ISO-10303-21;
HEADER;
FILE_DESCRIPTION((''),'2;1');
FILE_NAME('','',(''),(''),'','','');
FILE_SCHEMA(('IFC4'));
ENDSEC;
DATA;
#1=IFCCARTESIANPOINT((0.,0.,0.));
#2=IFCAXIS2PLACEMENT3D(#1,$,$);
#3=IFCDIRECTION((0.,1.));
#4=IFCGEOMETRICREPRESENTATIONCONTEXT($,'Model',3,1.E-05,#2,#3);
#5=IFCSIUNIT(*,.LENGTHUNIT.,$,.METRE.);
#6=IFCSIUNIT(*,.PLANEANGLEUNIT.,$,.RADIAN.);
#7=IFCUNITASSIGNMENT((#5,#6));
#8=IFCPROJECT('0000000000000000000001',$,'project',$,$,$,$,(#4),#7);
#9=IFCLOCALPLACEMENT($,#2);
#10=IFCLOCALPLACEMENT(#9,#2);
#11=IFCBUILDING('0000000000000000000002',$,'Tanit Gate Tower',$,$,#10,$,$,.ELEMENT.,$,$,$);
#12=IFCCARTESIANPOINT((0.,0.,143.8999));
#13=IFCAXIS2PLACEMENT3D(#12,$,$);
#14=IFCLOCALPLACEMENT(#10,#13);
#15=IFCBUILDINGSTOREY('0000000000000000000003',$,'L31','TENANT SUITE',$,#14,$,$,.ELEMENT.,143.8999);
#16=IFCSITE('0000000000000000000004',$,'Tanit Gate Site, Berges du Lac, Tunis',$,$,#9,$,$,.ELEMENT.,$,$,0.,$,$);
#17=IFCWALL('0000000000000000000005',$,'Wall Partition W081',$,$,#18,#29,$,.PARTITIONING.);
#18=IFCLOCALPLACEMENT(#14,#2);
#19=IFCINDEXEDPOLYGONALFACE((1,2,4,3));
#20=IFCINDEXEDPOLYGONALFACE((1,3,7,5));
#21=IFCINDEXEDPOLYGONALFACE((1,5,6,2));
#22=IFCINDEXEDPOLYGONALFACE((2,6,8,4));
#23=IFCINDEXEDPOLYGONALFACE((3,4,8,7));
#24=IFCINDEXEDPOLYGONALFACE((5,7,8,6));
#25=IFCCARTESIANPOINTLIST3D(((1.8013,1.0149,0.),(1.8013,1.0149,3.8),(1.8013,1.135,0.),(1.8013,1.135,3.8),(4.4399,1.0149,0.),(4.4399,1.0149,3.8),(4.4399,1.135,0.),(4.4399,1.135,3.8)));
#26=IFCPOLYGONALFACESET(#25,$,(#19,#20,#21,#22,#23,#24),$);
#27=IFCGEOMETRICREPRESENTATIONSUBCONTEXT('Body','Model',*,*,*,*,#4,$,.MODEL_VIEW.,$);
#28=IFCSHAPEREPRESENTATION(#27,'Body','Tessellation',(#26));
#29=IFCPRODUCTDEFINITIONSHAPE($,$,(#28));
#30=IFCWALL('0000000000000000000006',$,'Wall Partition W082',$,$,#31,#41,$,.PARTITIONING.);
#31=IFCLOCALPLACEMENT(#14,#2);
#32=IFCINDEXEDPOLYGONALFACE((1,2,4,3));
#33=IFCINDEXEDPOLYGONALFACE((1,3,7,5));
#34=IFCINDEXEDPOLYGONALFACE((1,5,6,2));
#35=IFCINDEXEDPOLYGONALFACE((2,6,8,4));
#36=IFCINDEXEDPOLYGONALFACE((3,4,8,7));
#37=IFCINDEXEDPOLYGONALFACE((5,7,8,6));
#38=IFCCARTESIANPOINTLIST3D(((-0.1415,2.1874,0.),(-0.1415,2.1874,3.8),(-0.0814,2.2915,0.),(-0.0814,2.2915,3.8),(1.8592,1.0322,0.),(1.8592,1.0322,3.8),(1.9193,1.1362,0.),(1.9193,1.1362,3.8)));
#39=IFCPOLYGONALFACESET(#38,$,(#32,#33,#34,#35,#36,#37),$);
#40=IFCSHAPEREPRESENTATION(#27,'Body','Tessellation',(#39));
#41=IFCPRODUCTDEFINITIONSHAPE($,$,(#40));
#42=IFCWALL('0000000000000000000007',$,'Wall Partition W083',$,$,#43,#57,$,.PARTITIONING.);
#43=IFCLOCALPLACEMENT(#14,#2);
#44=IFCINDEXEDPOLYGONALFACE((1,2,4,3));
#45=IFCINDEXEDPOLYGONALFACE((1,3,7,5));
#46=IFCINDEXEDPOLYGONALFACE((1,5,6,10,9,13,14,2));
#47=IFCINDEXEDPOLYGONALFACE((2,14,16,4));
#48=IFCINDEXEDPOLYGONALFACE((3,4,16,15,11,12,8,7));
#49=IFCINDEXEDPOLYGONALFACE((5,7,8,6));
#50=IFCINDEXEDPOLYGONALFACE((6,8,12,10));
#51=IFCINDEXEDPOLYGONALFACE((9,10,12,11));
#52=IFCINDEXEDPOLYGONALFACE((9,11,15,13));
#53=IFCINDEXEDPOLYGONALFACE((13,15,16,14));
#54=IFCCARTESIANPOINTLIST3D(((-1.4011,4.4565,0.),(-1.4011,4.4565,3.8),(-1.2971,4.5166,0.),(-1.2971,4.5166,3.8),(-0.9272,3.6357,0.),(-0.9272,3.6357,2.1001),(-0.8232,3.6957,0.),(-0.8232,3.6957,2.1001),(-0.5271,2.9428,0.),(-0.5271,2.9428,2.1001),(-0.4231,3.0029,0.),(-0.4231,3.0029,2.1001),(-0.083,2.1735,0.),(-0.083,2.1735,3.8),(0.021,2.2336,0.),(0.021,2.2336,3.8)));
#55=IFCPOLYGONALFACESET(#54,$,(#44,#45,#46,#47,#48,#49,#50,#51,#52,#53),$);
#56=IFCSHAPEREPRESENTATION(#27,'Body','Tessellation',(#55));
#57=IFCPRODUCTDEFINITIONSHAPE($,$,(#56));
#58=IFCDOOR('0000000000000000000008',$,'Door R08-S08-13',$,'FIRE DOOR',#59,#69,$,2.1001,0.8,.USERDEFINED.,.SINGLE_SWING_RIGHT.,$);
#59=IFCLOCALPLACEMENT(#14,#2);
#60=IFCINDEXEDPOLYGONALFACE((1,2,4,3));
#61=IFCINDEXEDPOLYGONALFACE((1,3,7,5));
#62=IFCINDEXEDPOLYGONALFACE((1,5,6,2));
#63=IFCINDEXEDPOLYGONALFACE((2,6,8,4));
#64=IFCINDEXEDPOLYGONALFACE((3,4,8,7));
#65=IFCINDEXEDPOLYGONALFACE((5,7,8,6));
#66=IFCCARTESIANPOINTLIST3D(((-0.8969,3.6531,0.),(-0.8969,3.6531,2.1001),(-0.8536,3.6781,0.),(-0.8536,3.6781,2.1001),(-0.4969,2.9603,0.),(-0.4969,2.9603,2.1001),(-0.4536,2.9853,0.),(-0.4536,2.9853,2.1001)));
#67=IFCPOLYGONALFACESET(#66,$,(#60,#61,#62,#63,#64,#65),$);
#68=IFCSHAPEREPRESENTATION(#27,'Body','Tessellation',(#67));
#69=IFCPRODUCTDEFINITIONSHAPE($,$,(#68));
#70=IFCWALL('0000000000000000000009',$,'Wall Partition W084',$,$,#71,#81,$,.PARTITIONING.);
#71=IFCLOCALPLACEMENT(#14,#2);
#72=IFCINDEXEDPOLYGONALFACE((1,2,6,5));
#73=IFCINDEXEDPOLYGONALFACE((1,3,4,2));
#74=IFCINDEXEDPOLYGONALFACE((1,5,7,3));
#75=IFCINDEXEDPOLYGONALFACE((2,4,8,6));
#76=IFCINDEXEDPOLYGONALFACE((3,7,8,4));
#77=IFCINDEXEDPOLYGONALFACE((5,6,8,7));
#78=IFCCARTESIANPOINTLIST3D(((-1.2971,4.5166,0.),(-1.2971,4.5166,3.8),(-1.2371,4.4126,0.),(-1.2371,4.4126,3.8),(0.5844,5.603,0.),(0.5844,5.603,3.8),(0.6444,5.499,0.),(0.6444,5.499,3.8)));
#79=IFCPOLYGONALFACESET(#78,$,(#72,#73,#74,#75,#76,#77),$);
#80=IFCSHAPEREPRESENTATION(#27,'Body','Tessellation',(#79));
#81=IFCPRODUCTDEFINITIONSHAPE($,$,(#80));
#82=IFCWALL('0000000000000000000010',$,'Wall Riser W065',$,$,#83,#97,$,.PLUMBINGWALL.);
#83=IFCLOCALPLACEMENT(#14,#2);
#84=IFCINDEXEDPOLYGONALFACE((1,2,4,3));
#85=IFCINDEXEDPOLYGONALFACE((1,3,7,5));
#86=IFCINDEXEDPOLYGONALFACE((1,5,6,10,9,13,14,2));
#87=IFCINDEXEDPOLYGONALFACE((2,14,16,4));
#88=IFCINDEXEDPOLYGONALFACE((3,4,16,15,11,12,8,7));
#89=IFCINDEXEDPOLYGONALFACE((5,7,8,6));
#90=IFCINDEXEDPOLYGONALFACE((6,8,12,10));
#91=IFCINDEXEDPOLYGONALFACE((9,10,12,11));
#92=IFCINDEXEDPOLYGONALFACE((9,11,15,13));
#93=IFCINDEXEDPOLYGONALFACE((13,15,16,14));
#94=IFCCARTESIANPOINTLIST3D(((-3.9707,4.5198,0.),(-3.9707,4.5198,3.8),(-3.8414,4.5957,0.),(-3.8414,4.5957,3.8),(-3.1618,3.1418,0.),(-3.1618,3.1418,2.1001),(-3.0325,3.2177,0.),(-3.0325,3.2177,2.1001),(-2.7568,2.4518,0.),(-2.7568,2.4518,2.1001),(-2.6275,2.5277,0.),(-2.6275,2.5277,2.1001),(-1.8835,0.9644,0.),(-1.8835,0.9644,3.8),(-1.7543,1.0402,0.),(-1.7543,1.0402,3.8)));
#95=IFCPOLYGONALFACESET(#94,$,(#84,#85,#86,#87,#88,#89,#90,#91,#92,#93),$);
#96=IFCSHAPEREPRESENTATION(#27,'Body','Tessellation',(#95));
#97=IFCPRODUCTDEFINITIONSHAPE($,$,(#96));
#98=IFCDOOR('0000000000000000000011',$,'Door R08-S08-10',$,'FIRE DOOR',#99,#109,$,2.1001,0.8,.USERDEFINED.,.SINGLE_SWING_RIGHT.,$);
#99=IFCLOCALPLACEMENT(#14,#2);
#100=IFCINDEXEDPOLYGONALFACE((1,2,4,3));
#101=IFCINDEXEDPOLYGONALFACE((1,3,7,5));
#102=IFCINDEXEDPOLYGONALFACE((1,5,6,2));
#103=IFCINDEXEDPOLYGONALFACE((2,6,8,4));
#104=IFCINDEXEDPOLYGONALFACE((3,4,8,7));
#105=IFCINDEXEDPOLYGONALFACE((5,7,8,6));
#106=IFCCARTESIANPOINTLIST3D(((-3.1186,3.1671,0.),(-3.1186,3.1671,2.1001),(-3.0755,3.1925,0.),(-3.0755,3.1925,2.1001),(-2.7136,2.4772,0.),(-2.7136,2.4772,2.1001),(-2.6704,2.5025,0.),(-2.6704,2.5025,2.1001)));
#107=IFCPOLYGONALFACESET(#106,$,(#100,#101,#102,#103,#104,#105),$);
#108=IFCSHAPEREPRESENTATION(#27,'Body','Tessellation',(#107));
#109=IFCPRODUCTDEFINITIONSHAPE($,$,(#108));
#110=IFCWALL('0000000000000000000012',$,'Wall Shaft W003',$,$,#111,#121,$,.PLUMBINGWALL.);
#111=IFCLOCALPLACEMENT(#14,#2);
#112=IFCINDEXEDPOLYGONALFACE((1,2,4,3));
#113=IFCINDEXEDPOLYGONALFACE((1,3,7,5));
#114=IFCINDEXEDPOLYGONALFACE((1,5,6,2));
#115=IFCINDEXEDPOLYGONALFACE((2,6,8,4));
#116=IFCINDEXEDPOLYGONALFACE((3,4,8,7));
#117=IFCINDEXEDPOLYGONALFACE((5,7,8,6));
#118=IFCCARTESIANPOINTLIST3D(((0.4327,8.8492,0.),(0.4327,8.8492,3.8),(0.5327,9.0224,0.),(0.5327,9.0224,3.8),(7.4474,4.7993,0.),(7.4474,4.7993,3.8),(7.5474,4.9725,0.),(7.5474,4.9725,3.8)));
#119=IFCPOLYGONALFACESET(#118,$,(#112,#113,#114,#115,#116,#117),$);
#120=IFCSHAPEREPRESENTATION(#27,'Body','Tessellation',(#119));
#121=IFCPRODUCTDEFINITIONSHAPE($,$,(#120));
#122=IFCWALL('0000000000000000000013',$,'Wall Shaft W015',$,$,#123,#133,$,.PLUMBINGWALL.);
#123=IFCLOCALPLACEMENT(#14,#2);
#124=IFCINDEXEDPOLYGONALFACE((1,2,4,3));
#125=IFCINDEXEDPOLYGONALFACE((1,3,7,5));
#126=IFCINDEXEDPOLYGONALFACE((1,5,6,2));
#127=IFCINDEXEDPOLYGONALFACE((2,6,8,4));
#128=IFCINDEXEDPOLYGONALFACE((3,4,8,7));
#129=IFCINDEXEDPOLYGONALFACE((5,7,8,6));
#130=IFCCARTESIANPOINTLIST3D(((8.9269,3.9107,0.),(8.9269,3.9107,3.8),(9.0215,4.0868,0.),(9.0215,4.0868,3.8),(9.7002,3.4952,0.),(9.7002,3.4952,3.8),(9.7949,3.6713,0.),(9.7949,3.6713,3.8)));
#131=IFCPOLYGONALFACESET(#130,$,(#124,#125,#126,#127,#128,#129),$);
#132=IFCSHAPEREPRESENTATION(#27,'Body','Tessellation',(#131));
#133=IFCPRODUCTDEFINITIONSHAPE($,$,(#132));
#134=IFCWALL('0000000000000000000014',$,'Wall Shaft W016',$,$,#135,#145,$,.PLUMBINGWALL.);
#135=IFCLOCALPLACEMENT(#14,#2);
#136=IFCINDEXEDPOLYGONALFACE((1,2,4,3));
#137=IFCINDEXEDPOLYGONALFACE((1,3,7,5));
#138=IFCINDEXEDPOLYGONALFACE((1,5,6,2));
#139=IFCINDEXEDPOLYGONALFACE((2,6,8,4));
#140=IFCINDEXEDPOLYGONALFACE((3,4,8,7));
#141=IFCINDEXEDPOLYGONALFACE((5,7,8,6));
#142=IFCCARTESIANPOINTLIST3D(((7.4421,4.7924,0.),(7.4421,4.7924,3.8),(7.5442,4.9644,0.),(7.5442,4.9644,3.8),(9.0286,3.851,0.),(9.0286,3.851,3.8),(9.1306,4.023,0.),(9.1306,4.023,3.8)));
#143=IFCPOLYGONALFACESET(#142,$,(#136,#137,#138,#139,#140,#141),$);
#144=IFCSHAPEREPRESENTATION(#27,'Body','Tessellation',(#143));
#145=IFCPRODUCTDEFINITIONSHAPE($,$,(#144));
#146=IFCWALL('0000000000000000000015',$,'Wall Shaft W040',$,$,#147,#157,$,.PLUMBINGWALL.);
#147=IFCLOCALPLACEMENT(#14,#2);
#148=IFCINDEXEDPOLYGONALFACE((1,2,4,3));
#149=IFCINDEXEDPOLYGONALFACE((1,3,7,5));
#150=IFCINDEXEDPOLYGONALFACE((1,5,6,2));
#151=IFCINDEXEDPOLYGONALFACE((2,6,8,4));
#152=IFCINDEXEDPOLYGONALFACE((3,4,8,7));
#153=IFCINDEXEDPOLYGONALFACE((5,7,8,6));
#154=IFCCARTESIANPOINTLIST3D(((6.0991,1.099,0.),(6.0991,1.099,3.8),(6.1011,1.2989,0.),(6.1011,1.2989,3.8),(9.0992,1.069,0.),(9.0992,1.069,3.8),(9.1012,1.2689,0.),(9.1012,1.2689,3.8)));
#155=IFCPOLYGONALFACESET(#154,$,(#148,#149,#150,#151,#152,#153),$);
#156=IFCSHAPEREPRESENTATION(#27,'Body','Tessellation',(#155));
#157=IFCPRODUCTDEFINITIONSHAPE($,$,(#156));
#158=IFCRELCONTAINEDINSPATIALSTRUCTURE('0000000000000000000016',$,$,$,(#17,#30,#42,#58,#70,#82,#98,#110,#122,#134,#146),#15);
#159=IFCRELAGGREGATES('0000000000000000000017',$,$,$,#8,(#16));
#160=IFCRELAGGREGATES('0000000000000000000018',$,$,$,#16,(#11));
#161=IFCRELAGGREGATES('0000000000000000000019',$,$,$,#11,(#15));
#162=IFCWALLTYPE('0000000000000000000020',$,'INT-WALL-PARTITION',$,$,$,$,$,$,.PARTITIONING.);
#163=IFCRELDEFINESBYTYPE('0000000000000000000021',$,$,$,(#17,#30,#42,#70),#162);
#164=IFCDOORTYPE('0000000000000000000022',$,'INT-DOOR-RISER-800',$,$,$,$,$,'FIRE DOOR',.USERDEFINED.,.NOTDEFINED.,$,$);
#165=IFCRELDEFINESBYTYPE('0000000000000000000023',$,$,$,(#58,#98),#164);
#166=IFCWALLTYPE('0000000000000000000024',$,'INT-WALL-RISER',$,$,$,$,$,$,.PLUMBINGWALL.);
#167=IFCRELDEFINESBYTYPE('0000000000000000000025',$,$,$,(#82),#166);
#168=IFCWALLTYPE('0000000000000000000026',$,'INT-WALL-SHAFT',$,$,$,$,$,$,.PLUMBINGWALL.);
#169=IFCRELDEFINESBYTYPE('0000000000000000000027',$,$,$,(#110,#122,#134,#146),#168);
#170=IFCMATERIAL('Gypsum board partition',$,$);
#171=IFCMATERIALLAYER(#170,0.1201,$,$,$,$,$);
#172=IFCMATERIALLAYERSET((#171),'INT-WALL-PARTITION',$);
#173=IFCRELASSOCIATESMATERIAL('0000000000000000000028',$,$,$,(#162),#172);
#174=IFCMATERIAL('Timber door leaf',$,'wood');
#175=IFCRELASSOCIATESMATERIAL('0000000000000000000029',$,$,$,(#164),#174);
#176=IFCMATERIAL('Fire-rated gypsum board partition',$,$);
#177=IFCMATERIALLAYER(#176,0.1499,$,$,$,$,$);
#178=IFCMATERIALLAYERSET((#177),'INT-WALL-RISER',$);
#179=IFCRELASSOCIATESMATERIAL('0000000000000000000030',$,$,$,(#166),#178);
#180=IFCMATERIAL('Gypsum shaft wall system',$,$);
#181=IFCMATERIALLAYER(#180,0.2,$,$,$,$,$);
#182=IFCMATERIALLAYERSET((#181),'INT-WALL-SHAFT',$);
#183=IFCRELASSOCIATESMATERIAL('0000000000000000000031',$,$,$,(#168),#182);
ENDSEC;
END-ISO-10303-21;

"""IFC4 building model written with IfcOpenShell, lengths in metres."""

from ifc_helpers import new_model, si_unit, direction, frame, frame_2d, origin, place, context, subcontext, project, spatial, rectangle, extrude, material, layer, layer_set, type_object, element, fill, save


model = new_model("IFC4")

# Units and contexts
model_context = context("Model", 3, precision=1e-05, world=origin(), true_north=direction((0.0, 1.0)))
body_context = subcontext(model_context, "Body", "Model", "MODEL_VIEW")
ifc_project = project(units=[si_unit("LENGTHUNIT", "METRE"), si_unit("PLANEANGLEUNIT", "RADIAN")], contexts=[model_context])

# Site, building, storey
site_placement = place(None, origin())
site = spatial("IfcSite", under=ifc_project, at=site_placement, Name="Tanit Gate Site, Berges du Lac, Tunis", CompositionType="ELEMENT", RefElevation=0.0)
building_placement = place(site_placement, origin())
building = spatial("IfcBuilding", under=site, at=building_placement, Name="Tanit Gate Tower", CompositionType="ELEMENT")
storey_placement = place(building_placement, frame((0.0, 0.0, 143.8999)))
storey = spatial("IfcBuildingStorey", under=building, at=storey_placement, Name="L31", Description="TENANT SUITE", CompositionType="ELEMENT", Elevation=143.8999)

# Shared definitions
ifc_material_1 = material(Name="Gypsum board partition")
ifc_layer_1 = layer(ifc_material_1, 0.1201)
ifc_layer_set_1 = layer_set([ifc_layer_1], Name="INT-WALL-PARTITION")
wall_type_1 = type_object("IfcWallType", Name="INT-WALL-PARTITION", PredefinedType="PARTITIONING", material=ifc_layer_set_1)
ifc_material_2 = material(Name="Timber door leaf", Category="wood")
door_type_1 = type_object("IfcDoorType", Name="INT-DOOR-RISER-800", ElementType="FIRE DOOR", OperationType="NOTDEFINED", PredefinedType="USERDEFINED", material=ifc_material_2)

# Walls
wall_1_placement = place(storey_placement, frame((1.8013, 1.075, 0.0), z_axis=(0.0, 0.0, 1.0), x_axis=(1.0, 0.0, 0.0)))
element("IfcWall", 1, at=wall_1_placement, inside=storey, type_object=wall_type_1, Name="Wall Partition W081", PredefinedType="PARTITIONING", context=body_context, shape_type="SweptSolid", body=[
    extrude(rectangle(XDim=2.6387, YDim=0.1201, at=frame_2d((1.3193, 0.0))), origin(), (0.0, 0.0, 1.0), 3.8),
])
wall_2_placement = place(storey_placement, frame((-0.1116, 2.2395, 0.0), z_axis=(0.0, 0.0, 1.0), x_axis=(0.865997, -0.500049, 0.0)))
element("IfcWall", 2, at=wall_2_placement, inside=storey, type_object=wall_type_1, Name="Wall Partition W082", PredefinedType="PARTITIONING", context=body_context, shape_type="SweptSolid", body=[
    extrude(rectangle(XDim=2.3103, YDim=0.1201, at=frame_2d((1.1553, 0.0))), origin(), (0.0, 0.0, 1.0), 3.8),
])

# Wall, opening, door
wall_3_placement = place(storey_placement, frame((-1.3491, 4.4866, 0.0), z_axis=(0.0, 0.0, 1.0), x_axis=(0.500014, -0.866017, 0.0)))
wall_3 = element("IfcWall", 3, at=wall_3_placement, inside=storey, type_object=wall_type_1, Name="Wall Partition W083", PredefinedType="PARTITIONING", context=body_context, shape_type="SweptSolid", body=[
    extrude(rectangle(XDim=2.6362, YDim=0.1201, at=frame_2d((1.3181, 0.0))), origin(), (0.0, 0.0, 1.0), 3.8),
])
opening_1_placement = place(wall_3_placement, frame((0.948, 0.0, 0.0)))
opening_1 = element("IfcOpeningElement", 4, at=opening_1_placement, cuts=wall_3, PredefinedType="OPENING", context=body_context, shape_type="SweptSolid", body=[
    extrude(rectangle(XDim=0.8, YDim=2.1001, at=frame_2d((0.3999, 1.05))), frame((0.0, 0.0701, 0.0), z_axis=(0.0, -1.0, 0.0), x_axis=(1.0, 0.0, 0.0)), (0.0, 0.0, 1.0), 0.1401),
])
door_1_placement = place(opening_1_placement, origin())
door_1 = element("IfcDoor", 5, at=door_1_placement, inside=storey, type_object=door_type_1, Name="Door R08-S08-13", ObjectType="FIRE DOOR", OperationType="SINGLE_SWING_RIGHT", OverallHeight=2.1001, OverallWidth=0.8, PredefinedType="USERDEFINED", context=body_context, shape_type="SweptSolid", body=[
    extrude(rectangle(XDim=0.8, YDim=2.1001, at=frame_2d((0.3999, 1.05))), frame((0.0, 0.0249, 0.0), z_axis=(0.0, -1.0, 0.0), x_axis=(1.0, 0.0, 0.0)), (0.0, 0.0, 1.0), 0.05),
])
fill(opening_1, door_1)

# Wall
wall_4_placement = place(storey_placement, frame((0.6145, 5.551, 0.0), z_axis=(0.0, 0.0, 1.0), x_axis=(-0.866008, -0.50003, 0.0)))
element("IfcWall", 6, at=wall_4_placement, inside=storey, type_object=wall_type_1, Name="Wall Partition W084", PredefinedType="PARTITIONING", context=body_context, shape_type="SweptSolid", body=[
    extrude(rectangle(XDim=2.1726, YDim=0.1201, at=frame_2d((1.0864, 0.0))), origin(), (0.0, 0.0, 1.0), 3.8),
])

# Wall, opening, door
ifc_material_3 = material(Name="Fire-rated gypsum board partition")
ifc_layer_2 = layer(ifc_material_3, 0.1499)
ifc_layer_set_2 = layer_set([ifc_layer_2], Name="INT-WALL-RISER")
wall_type_2 = type_object("IfcWallType", Name="INT-WALL-RISER", PredefinedType="PLUMBINGWALL", material=ifc_layer_set_2)
wall_5_placement = place(storey_placement, frame((-1.8188, 1.0022, 0.0), z_axis=(0.0, 0.0, 1.0), x_axis=(-0.506251, 0.862386, 0.0)))
wall_5 = element("IfcWall", 7, at=wall_5_placement, inside=storey, type_object=wall_type_2, Name="Wall Riser W065", PredefinedType="PLUMBINGWALL", context=body_context, shape_type="SweptSolid", body=[
    extrude(rectangle(XDim=4.1228, YDim=0.1499, at=frame_2d((2.0615, 0.0))), origin(), (0.0, 0.0, 1.0), 3.8),
])
opening_2_placement = place(wall_5_placement, frame((1.7251, 0.0, 0.0)))
opening_2 = element("IfcOpeningElement", 8, at=opening_2_placement, cuts=wall_5, PredefinedType="OPENING", context=body_context, shape_type="SweptSolid", body=[
    extrude(rectangle(XDim=0.8, YDim=2.1001, at=frame_2d((0.3999, 1.05))), frame((0.0, 0.085, 0.0), z_axis=(0.0, -1.0, 0.0), x_axis=(1.0, 0.0, 0.0)), (0.0, 0.0, 1.0), 0.1699),
])
door_2_placement = place(opening_2_placement, origin())
door_2 = element("IfcDoor", 9, at=door_2_placement, inside=storey, type_object=door_type_1, Name="Door R08-S08-10", ObjectType="FIRE DOOR", OperationType="SINGLE_SWING_RIGHT", OverallHeight=2.1001, OverallWidth=0.8, PredefinedType="USERDEFINED", context=body_context, shape_type="SweptSolid", body=[
    extrude(rectangle(XDim=0.8, YDim=2.1001, at=frame_2d((0.3999, 1.05))), frame((0.0, 0.0249, 0.0), z_axis=(0.0, -1.0, 0.0), x_axis=(1.0, 0.0, 0.0)), (0.0, 0.0, 1.0), 0.05),
])
fill(opening_2, door_2)

# Walls
ifc_material_4 = material(Name="Gypsum shaft wall system")
ifc_layer_3 = layer(ifc_material_4, 0.2)
ifc_layer_set_3 = layer_set([ifc_layer_3], Name="INT-WALL-SHAFT")
wall_type_3 = type_object("IfcWallType", Name="INT-WALL-SHAFT", PredefinedType="PLUMBINGWALL", material=ifc_layer_set_3)
wall_6_placement = place(storey_placement, frame((7.4973, 4.886, 0.0), z_axis=(0.0, 0.0, 1.0), x_axis=(-0.866031, 0.49999, 0.0)))
element("IfcWall", 10, at=wall_6_placement, inside=storey, type_object=wall_type_3, Name="Wall Shaft W003", PredefinedType="PLUMBINGWALL", context=body_context, shape_type="SweptSolid", body=[
    extrude(rectangle(XDim=8.0999, YDim=0.2, at=frame_2d((4.0498, 0.0))), origin(), (0.0, 0.0, 1.0), 3.8),
])
wall_7_placement = place(storey_placement, frame((9.7476, 3.5833, 0.0), z_axis=(0.0, 0.0, 1.0), x_axis=(-0.880917, 0.473271, 0.0)))
element("IfcWall", 11, at=wall_7_placement, inside=storey, type_object=wall_type_3, Name="Wall Shaft W015", PredefinedType="PLUMBINGWALL", context=body_context, shape_type="SweptSolid", body=[
    extrude(rectangle(XDim=0.8779, YDim=0.2, at=frame_2d((0.439, 0.0))), origin(), (0.0, 0.0, 1.0), 3.8),
])
wall_8_placement = place(storey_placement, frame((9.0796, 3.937, 0.0), z_axis=(0.0, 0.0, 1.0), x_axis=(-0.859982, 0.510325, 0.0)))
element("IfcWall", 12, at=wall_8_placement, inside=storey, type_object=wall_type_3, Name="Wall Shaft W016", PredefinedType="PLUMBINGWALL", context=body_context, shape_type="SweptSolid", body=[
    extrude(rectangle(XDim=1.8447, YDim=0.2, at=frame_2d((0.9224, 0.0))), origin(), (0.0, 0.0, 1.0), 3.8),
])

# Wall
wall_9_placement = place(storey_placement, frame((9.1001, 1.1689, 0.0), z_axis=(0.0, 0.0, 1.0), x_axis=(-0.99995, 0.010009, 0.0)))
element("IfcWall", 13, at=wall_9_placement, inside=storey, type_object=wall_type_3, Name="Wall Shaft W040", PredefinedType="PLUMBINGWALL", context=body_context, shape_type="SweptSolid", body=[
    extrude(rectangle(XDim=3.0002, YDim=0.2, at=frame_2d((1.5, 0.0))), origin(), (0.0, 0.0, 1.0), 3.8),
])

save(model, "model.ifc")
